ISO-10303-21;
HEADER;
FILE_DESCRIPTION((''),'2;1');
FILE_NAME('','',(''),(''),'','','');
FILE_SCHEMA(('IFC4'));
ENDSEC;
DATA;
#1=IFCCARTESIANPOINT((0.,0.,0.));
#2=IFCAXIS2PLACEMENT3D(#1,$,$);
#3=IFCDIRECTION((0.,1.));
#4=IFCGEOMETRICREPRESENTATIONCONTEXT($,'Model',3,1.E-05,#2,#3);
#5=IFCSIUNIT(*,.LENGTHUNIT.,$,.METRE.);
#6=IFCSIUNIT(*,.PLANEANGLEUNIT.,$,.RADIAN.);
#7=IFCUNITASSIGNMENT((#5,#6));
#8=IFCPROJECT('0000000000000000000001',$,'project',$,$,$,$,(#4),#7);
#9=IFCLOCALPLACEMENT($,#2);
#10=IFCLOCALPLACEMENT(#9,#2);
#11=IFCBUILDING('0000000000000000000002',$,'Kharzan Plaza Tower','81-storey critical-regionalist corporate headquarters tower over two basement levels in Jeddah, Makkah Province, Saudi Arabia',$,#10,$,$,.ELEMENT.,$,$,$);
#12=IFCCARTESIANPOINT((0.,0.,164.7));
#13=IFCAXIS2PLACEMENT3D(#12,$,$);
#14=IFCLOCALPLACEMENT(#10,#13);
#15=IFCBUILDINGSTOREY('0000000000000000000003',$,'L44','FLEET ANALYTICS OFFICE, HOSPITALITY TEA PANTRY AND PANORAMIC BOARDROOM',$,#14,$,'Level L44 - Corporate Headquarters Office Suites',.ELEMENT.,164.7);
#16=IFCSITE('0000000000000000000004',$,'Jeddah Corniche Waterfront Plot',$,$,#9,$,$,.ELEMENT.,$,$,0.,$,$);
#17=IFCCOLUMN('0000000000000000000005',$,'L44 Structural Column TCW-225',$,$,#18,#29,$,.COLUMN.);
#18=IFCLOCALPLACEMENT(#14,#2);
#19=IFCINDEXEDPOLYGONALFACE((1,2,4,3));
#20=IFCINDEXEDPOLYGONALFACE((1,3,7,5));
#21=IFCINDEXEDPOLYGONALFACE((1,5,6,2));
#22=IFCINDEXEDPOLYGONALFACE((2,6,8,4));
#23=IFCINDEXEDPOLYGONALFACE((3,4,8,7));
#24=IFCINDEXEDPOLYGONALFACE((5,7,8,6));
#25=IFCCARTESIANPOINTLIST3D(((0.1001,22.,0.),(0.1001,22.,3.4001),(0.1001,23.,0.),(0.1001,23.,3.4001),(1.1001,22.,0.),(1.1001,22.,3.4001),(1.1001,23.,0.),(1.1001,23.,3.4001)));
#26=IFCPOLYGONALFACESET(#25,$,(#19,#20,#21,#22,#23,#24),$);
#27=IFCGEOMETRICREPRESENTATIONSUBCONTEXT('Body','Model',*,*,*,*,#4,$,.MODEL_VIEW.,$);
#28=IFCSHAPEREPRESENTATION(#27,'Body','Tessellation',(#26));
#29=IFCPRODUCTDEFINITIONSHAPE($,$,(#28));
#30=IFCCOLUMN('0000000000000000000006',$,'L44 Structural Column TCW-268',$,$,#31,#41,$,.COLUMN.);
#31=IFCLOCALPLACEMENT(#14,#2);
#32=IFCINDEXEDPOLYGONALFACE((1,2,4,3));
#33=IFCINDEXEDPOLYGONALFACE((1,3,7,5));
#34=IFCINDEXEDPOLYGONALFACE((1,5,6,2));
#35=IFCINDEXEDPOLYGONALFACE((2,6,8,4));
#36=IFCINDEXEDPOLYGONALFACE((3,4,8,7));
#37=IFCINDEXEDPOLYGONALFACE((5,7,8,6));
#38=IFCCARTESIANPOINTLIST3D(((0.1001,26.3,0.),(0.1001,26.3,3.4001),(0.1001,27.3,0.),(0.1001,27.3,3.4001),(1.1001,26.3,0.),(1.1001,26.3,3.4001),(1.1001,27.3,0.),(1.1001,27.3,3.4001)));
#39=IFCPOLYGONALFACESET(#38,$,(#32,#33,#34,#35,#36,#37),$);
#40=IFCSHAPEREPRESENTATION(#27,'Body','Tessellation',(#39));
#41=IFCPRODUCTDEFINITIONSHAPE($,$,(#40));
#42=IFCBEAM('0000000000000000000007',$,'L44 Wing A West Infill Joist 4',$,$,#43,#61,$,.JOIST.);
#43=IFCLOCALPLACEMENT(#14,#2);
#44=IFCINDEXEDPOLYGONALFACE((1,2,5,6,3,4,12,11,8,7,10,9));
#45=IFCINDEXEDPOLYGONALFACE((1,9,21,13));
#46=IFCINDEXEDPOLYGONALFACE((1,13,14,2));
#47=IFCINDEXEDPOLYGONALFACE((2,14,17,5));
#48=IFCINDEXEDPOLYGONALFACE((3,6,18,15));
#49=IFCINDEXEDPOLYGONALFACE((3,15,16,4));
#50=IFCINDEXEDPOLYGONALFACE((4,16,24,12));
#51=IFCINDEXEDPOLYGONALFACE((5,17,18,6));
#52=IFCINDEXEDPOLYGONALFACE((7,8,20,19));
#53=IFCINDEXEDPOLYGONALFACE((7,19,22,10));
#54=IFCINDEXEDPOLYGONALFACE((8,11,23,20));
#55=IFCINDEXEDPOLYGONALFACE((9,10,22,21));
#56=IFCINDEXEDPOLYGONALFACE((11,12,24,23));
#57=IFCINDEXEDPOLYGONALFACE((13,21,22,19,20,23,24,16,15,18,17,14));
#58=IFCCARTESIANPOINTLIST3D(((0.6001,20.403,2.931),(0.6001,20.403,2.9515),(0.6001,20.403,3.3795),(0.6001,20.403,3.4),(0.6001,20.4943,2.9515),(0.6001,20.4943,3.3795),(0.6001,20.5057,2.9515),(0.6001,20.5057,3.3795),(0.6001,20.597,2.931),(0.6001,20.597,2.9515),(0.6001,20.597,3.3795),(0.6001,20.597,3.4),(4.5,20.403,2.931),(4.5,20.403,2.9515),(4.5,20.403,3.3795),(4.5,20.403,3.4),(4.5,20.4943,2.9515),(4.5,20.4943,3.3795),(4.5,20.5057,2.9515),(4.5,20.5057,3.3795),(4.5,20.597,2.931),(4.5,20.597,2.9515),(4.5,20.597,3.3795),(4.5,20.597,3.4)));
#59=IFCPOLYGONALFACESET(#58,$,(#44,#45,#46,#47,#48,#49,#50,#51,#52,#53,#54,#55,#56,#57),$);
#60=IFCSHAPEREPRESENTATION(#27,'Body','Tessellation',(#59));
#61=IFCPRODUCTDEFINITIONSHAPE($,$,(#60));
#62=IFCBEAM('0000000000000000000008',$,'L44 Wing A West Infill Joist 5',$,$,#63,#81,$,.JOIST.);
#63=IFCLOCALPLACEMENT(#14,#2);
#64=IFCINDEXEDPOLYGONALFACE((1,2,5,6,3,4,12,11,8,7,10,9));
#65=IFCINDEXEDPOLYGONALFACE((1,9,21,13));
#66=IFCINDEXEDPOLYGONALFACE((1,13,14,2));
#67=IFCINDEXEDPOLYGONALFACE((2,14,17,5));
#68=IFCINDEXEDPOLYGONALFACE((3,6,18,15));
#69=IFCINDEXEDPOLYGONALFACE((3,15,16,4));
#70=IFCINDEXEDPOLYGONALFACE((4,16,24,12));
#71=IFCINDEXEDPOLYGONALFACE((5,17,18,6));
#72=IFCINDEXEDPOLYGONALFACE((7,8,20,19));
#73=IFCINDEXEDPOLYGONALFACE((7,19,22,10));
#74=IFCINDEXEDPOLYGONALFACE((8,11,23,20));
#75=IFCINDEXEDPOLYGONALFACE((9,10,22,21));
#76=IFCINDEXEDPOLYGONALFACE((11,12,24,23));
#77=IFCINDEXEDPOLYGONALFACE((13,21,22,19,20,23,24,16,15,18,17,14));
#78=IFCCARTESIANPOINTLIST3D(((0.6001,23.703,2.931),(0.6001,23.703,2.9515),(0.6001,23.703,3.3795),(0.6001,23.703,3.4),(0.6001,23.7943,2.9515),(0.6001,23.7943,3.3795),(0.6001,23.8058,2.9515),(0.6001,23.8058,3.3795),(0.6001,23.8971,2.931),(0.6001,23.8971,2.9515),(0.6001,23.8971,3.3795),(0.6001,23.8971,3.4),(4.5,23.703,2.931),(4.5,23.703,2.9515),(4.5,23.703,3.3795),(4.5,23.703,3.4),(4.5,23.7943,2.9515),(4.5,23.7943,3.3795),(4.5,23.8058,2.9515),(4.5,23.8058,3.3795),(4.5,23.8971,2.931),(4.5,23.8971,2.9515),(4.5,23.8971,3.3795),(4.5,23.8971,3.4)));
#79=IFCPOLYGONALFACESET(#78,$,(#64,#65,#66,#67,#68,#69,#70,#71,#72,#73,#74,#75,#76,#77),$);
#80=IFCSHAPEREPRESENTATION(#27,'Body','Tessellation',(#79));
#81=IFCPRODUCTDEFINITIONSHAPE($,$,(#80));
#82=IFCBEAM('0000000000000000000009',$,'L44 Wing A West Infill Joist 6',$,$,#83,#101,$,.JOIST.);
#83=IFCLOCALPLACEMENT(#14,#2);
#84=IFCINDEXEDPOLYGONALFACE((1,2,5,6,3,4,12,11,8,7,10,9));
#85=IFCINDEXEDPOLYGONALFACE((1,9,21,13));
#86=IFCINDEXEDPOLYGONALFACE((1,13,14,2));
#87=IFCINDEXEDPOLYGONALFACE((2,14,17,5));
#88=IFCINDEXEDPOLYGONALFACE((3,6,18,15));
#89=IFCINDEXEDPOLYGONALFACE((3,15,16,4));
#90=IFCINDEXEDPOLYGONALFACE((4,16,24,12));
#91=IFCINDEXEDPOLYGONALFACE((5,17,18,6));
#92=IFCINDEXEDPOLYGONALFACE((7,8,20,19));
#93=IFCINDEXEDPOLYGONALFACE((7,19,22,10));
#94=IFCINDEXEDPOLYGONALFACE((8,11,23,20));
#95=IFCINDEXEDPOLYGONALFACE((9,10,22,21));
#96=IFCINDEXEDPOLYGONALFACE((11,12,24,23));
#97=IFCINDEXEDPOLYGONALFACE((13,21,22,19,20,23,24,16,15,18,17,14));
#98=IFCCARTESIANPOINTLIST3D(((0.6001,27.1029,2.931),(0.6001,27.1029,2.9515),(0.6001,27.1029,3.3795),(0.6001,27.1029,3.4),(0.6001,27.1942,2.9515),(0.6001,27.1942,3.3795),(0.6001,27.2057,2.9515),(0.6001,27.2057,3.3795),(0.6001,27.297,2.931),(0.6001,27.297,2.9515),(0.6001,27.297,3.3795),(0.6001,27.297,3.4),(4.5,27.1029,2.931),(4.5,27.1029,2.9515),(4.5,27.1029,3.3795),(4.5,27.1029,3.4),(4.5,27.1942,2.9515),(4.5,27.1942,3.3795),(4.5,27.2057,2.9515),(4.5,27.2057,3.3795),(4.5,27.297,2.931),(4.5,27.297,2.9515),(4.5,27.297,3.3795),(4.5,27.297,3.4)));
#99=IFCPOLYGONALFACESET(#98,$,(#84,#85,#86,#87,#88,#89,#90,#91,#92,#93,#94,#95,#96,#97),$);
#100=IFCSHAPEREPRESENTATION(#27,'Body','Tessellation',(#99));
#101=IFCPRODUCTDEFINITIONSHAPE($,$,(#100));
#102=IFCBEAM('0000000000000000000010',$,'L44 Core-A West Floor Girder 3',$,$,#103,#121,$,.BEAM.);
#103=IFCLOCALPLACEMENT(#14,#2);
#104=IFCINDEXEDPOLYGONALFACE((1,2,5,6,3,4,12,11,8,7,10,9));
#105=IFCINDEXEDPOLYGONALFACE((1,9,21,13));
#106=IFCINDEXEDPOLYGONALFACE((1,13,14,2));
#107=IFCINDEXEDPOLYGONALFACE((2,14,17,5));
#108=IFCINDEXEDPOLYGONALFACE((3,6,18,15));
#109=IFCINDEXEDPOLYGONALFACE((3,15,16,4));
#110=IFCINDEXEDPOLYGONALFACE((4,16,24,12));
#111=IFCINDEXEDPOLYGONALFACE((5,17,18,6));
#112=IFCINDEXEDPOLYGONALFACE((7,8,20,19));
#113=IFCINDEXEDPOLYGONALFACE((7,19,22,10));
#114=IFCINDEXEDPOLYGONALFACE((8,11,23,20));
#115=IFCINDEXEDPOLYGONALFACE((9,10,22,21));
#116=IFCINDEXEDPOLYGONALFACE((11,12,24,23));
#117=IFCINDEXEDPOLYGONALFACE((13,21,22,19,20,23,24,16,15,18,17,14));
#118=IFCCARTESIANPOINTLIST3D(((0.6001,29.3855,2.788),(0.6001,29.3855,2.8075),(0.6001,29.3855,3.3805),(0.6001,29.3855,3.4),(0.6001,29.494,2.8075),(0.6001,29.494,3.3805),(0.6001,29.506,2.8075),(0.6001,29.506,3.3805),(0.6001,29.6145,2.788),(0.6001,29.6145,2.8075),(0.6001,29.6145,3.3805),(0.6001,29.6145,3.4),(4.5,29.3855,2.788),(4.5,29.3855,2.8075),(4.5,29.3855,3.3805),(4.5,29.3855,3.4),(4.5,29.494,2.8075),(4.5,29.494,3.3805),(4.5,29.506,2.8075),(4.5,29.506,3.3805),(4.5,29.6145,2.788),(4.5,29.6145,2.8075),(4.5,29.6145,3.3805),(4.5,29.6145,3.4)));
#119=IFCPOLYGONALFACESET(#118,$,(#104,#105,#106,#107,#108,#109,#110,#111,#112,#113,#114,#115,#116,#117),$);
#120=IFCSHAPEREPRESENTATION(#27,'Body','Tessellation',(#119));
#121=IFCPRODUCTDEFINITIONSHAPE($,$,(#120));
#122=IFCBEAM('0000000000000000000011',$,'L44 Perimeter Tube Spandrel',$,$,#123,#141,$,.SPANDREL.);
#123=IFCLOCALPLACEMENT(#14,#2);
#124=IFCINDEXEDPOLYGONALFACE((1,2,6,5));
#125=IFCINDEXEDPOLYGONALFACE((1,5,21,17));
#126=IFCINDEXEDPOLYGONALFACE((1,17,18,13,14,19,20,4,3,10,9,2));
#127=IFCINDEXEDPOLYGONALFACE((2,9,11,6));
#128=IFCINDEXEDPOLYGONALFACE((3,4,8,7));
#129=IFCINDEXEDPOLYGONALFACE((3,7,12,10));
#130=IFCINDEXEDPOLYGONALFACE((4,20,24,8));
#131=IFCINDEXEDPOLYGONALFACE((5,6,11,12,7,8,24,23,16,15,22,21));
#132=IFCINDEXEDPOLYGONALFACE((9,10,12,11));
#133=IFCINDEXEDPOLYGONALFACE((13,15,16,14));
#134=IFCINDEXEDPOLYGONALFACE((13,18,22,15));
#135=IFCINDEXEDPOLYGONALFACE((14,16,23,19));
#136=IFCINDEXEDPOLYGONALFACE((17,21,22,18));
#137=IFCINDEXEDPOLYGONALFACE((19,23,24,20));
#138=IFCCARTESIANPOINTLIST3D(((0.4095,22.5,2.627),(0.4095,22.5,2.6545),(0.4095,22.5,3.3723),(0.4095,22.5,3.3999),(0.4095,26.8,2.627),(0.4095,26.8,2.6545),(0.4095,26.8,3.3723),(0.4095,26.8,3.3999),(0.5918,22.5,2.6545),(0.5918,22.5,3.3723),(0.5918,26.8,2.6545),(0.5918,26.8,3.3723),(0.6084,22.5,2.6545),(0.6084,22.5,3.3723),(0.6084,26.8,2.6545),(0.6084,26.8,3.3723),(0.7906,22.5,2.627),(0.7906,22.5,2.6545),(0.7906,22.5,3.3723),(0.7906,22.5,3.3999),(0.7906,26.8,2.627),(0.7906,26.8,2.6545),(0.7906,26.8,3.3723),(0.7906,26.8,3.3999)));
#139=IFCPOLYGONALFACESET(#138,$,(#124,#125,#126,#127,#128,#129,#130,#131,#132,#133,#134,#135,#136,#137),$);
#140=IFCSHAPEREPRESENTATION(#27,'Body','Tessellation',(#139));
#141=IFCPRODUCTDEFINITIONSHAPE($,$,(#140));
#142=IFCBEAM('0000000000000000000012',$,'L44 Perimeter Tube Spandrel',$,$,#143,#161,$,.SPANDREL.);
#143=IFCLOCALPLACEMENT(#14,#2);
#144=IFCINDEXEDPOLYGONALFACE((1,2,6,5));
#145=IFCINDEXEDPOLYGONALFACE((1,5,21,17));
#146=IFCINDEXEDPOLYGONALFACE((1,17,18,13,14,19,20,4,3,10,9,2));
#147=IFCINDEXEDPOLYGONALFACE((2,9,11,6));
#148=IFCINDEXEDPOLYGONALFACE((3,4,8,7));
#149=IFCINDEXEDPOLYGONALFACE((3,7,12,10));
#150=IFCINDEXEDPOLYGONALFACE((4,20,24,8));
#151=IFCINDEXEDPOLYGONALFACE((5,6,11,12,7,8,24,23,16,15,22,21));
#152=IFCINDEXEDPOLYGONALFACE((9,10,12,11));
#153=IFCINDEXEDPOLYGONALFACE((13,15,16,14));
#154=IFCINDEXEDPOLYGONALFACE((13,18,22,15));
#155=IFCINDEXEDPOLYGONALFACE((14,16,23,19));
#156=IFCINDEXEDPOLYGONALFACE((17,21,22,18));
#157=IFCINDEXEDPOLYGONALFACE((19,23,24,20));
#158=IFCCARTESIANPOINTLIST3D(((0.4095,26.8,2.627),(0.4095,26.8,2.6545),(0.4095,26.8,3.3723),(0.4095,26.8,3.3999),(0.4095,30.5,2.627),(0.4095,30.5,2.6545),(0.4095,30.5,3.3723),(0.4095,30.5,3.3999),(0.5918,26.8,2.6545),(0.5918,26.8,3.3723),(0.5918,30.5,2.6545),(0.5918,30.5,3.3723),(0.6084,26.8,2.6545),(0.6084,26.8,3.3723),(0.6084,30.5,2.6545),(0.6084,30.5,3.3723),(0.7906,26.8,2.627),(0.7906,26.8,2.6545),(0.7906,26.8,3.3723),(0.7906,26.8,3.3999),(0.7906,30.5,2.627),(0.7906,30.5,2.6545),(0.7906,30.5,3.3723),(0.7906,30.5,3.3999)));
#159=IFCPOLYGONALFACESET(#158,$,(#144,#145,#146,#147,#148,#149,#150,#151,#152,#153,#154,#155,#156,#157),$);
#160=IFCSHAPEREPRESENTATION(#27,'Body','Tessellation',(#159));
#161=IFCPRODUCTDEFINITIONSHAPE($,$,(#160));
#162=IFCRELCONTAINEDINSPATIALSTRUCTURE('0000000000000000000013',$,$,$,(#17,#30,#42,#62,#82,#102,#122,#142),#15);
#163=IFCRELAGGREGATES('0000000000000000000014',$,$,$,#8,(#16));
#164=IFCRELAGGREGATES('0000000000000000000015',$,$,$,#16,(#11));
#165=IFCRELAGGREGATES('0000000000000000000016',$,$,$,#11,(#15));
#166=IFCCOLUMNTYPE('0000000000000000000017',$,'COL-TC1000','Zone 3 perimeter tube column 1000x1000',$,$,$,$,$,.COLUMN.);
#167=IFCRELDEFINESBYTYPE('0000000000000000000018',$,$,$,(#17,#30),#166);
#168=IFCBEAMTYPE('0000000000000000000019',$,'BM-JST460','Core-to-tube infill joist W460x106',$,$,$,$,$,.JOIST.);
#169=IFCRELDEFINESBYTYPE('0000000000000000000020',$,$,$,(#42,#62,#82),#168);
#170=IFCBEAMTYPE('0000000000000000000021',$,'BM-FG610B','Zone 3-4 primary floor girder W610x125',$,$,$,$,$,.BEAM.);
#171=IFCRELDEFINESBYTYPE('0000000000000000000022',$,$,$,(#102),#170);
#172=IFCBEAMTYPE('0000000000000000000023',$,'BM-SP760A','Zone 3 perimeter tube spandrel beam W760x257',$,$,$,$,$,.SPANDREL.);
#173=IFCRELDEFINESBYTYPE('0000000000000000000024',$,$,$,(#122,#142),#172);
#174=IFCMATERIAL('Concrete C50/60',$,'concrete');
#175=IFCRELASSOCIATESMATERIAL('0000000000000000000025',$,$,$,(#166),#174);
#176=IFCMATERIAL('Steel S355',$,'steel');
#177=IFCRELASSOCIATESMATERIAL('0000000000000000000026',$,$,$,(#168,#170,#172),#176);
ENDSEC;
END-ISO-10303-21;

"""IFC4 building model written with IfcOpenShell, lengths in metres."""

from ifc_helpers import new_model, si_unit, direction, frame, origin, origin_2d, place, context, subcontext, project, spatial, rectangle, i_section, extrude, source, transform, mapped, material, material_profile, profile_set, type_object, element, save


model = new_model("IFC4")

# Units and contexts
model_context = context("Model", 3, precision=1e-05, world=origin(), true_north=direction((0.0, 1.0)))
body_context = subcontext(model_context, "Body", "Model", "MODEL_VIEW")
ifc_project = project(units=[si_unit("LENGTHUNIT", "METRE"), si_unit("PLANEANGLEUNIT", "RADIAN")], contexts=[model_context])

# Site, building, storey
site_placement = place(None, origin())
site = spatial("IfcSite", under=ifc_project, at=site_placement, Name="Jeddah Corniche Waterfront Plot", CompositionType="ELEMENT", RefElevation=0.0)
building_placement = place(site_placement, origin())
building = spatial("IfcBuilding", under=site, at=building_placement, Name="Kharzan Plaza Tower", Description="81-storey critical-regionalist corporate headquarters tower over two basement levels in Jeddah, Makkah Province, Saudi Arabia", CompositionType="ELEMENT")
storey_placement = place(building_placement, frame((0.0, 0.0, 164.7)))
storey = spatial("IfcBuildingStorey", under=building, at=storey_placement, Name="L44", Description="FLEET ANALYTICS OFFICE, HOSPITALITY TEA PANTRY AND PANORAMIC BOARDROOM", LongName="Level L44 - Corporate Headquarters Office Suites", CompositionType="ELEMENT", Elevation=164.7)

# Columns
ifc_material_1 = material(Name="Concrete C50/60", Category="concrete")
ifc_material_profile_1 = material_profile(ifc_material_1, rectangle(XDim=1.0, YDim=1.0, at=origin_2d()), Name="RC-TC1000x1000")
ifc_profile_set_1 = profile_set([ifc_material_profile_1], Name="Concrete C50/60")
column_type = type_object("IfcColumnType", Name="COL-TC1000", Description="Zone 3 perimeter tube column 1000x1000", PredefinedType="COLUMN", material=ifc_profile_set_1)
shared_shape_1 = source(origin(), body_context, "Body", "SweptSolid", [
    extrude(rectangle(XDim=1.0, YDim=1.0, at=origin_2d()), origin(), (0.0, 0.0, 1.0), 3.4001),
])
for number, where, z_axis, x_axis, name in (
    (1, (0.6001, 22.5, 0.0), (0.0, 0.0, 1.0), (1.0, 0.0, 0.0), "L44 Structural Column TCW-225"),
    (2, (0.6001, 26.8, 0.0), (0.0, 0.0, 1.0), (1.0, 0.0, 0.0), "L44 Structural Column TCW-268"),
):
    element("IfcColumn", number, at=place(storey_placement, frame(where, z_axis=z_axis, x_axis=x_axis)), inside=storey, type_object=column_type, Name=name, PredefinedType="COLUMN", context=body_context, shape_type="MappedRepresentation", body=[
        mapped(shared_shape_1, transform((0.0, 0.0, 0.0), x_axis=(1.0, 0.0, 0.0), y_axis=(0.0, 1.0, 0.0), z_axis=(0.0, 0.0, 1.0))),
    ])

# Beams
ifc_material_2 = material(Name="Steel S355", Category="steel")
ifc_material_profile_2 = material_profile(ifc_material_2, i_section(OverallWidth=0.1941, OverallDepth=0.469, WebThickness=0.0115, FlangeThickness=0.0205, at=origin_2d()), Name="W460x106")
ifc_profile_set_2 = profile_set([ifc_material_profile_2], Name="Steel S355")
beam_type_1 = type_object("IfcBeamType", Name="BM-JST460", Description="Core-to-tube infill joist W460x106", PredefinedType="JOIST", material=ifc_profile_set_2)
shared_shape_2 = source(origin(), body_context, "Body", "SweptSolid", [
    extrude(i_section(OverallWidth=0.1941, OverallDepth=0.469, WebThickness=0.0115, FlangeThickness=0.0205, at=origin_2d()), origin(), (0.0, 0.0, 1.0), 3.8999),
])
for number, where, z_axis, x_axis, name in (
    (3, (0.6001, 20.5, 3.1655), (1.0, 0.0, 0.0), (0.0, 1.0, 0.0), "L44 Wing A West Infill Joist 4"),
    (4, (0.6001, 23.8, 3.1655), (1.0, 0.0, 0.0), (0.0, 1.0, 0.0), "L44 Wing A West Infill Joist 5"),
    (5, (0.6001, 27.2, 3.1655), (1.0, 0.0, 0.0), (0.0, 1.0, 0.0), "L44 Wing A West Infill Joist 6"),
):
    element("IfcBeam", number, at=place(storey_placement, frame(where, z_axis=z_axis, x_axis=x_axis)), inside=storey, type_object=beam_type_1, Name=name, PredefinedType="JOIST", context=body_context, shape_type="MappedRepresentation", body=[
        mapped(shared_shape_2, transform((0.0, 0.0, 0.0), x_axis=(1.0, 0.0, 0.0), y_axis=(0.0, 1.0, 0.0), z_axis=(0.0, 0.0, 1.0))),
    ])
ifc_material_profile_3 = material_profile(ifc_material_2, i_section(OverallWidth=0.229, OverallDepth=0.6121, WebThickness=0.012, FlangeThickness=0.0195, at=origin_2d()), Name="W610x125")
ifc_profile_set_3 = profile_set([ifc_material_profile_3], Name="Steel S355")
beam_type_2 = type_object("IfcBeamType", Name="BM-FG610B", Description="Zone 3-4 primary floor girder W610x125", PredefinedType="BEAM", material=ifc_profile_set_3)
shared_shape_3 = source(origin(), body_context, "Body", "SweptSolid", [
    extrude(i_section(OverallWidth=0.229, OverallDepth=0.6121, WebThickness=0.012, FlangeThickness=0.0195, at=origin_2d()), origin(), (0.0, 0.0, 1.0), 3.8999),
])
beam_1_placement = place(storey_placement, frame((0.6001, 29.5, 3.094), z_axis=(1.0, 0.0, 0.0), x_axis=(0.0, 1.0, 0.0)))
element("IfcBeam", 6, at=beam_1_placement, inside=storey, type_object=beam_type_2, Name="L44 Core-A West Floor Girder 3", PredefinedType="BEAM", context=body_context, shape_type="MappedRepresentation", body=[
    mapped(shared_shape_3, transform((0.0, 0.0, 0.0), x_axis=(1.0, 0.0, 0.0), y_axis=(0.0, 1.0, 0.0), z_axis=(0.0, 0.0, 1.0))),
])
ifc_material_profile_4 = material_profile(ifc_material_2, i_section(OverallWidth=0.3811, OverallDepth=0.7729, WebThickness=0.0166, FlangeThickness=0.0276, at=origin_2d()), Name="W760x257")
ifc_profile_set_4 = profile_set([ifc_material_profile_4], Name="Steel S355")
beam_type_3 = type_object("IfcBeamType", Name="BM-SP760A", Description="Zone 3 perimeter tube spandrel beam W760x257", PredefinedType="SPANDREL", material=ifc_profile_set_4)
shared_shape_4 = source(origin(), body_context, "Body", "SweptSolid", [
    extrude(i_section(OverallWidth=0.3811, OverallDepth=0.7729, WebThickness=0.0166, FlangeThickness=0.0276, at=origin_2d()), origin(), (0.0, 0.0, 1.0), 4.3),
])
beam_2_placement = place(storey_placement, frame((0.6001, 22.5, 3.0134), z_axis=(0.0, 1.0, 0.0), x_axis=(-1.0, 0.0, 0.0)))
element("IfcBeam", 7, at=beam_2_placement, inside=storey, type_object=beam_type_3, Name="L44 Perimeter Tube Spandrel", PredefinedType="SPANDREL", context=body_context, shape_type="MappedRepresentation", body=[
    mapped(shared_shape_4, transform((0.0, 0.0, 0.0), x_axis=(1.0, 0.0, 0.0), y_axis=(0.0, 1.0, 0.0), z_axis=(0.0, 0.0, 1.0))),
])
shared_shape_5 = source(origin(), body_context, "Body", "SweptSolid", [
    extrude(i_section(OverallWidth=0.3811, OverallDepth=0.7729, WebThickness=0.0166, FlangeThickness=0.0276, at=origin_2d()), origin(), (0.0, 0.0, 1.0), 3.7),
])
beam_3_placement = place(storey_placement, frame((0.6001, 26.8, 3.0134), z_axis=(0.0, 1.0, 0.0), x_axis=(-1.0, 0.0, 0.0)))
element("IfcBeam", 8, at=beam_3_placement, inside=storey, type_object=beam_type_3, Name="L44 Perimeter Tube Spandrel", PredefinedType="SPANDREL", context=body_context, shape_type="MappedRepresentation", body=[
    mapped(shared_shape_5, transform((0.0, 0.0, 0.0), x_axis=(1.0, 0.0, 0.0), y_axis=(0.0, 1.0, 0.0), z_axis=(0.0, 0.0, 1.0))),
])

save(model, "model.ifc")
